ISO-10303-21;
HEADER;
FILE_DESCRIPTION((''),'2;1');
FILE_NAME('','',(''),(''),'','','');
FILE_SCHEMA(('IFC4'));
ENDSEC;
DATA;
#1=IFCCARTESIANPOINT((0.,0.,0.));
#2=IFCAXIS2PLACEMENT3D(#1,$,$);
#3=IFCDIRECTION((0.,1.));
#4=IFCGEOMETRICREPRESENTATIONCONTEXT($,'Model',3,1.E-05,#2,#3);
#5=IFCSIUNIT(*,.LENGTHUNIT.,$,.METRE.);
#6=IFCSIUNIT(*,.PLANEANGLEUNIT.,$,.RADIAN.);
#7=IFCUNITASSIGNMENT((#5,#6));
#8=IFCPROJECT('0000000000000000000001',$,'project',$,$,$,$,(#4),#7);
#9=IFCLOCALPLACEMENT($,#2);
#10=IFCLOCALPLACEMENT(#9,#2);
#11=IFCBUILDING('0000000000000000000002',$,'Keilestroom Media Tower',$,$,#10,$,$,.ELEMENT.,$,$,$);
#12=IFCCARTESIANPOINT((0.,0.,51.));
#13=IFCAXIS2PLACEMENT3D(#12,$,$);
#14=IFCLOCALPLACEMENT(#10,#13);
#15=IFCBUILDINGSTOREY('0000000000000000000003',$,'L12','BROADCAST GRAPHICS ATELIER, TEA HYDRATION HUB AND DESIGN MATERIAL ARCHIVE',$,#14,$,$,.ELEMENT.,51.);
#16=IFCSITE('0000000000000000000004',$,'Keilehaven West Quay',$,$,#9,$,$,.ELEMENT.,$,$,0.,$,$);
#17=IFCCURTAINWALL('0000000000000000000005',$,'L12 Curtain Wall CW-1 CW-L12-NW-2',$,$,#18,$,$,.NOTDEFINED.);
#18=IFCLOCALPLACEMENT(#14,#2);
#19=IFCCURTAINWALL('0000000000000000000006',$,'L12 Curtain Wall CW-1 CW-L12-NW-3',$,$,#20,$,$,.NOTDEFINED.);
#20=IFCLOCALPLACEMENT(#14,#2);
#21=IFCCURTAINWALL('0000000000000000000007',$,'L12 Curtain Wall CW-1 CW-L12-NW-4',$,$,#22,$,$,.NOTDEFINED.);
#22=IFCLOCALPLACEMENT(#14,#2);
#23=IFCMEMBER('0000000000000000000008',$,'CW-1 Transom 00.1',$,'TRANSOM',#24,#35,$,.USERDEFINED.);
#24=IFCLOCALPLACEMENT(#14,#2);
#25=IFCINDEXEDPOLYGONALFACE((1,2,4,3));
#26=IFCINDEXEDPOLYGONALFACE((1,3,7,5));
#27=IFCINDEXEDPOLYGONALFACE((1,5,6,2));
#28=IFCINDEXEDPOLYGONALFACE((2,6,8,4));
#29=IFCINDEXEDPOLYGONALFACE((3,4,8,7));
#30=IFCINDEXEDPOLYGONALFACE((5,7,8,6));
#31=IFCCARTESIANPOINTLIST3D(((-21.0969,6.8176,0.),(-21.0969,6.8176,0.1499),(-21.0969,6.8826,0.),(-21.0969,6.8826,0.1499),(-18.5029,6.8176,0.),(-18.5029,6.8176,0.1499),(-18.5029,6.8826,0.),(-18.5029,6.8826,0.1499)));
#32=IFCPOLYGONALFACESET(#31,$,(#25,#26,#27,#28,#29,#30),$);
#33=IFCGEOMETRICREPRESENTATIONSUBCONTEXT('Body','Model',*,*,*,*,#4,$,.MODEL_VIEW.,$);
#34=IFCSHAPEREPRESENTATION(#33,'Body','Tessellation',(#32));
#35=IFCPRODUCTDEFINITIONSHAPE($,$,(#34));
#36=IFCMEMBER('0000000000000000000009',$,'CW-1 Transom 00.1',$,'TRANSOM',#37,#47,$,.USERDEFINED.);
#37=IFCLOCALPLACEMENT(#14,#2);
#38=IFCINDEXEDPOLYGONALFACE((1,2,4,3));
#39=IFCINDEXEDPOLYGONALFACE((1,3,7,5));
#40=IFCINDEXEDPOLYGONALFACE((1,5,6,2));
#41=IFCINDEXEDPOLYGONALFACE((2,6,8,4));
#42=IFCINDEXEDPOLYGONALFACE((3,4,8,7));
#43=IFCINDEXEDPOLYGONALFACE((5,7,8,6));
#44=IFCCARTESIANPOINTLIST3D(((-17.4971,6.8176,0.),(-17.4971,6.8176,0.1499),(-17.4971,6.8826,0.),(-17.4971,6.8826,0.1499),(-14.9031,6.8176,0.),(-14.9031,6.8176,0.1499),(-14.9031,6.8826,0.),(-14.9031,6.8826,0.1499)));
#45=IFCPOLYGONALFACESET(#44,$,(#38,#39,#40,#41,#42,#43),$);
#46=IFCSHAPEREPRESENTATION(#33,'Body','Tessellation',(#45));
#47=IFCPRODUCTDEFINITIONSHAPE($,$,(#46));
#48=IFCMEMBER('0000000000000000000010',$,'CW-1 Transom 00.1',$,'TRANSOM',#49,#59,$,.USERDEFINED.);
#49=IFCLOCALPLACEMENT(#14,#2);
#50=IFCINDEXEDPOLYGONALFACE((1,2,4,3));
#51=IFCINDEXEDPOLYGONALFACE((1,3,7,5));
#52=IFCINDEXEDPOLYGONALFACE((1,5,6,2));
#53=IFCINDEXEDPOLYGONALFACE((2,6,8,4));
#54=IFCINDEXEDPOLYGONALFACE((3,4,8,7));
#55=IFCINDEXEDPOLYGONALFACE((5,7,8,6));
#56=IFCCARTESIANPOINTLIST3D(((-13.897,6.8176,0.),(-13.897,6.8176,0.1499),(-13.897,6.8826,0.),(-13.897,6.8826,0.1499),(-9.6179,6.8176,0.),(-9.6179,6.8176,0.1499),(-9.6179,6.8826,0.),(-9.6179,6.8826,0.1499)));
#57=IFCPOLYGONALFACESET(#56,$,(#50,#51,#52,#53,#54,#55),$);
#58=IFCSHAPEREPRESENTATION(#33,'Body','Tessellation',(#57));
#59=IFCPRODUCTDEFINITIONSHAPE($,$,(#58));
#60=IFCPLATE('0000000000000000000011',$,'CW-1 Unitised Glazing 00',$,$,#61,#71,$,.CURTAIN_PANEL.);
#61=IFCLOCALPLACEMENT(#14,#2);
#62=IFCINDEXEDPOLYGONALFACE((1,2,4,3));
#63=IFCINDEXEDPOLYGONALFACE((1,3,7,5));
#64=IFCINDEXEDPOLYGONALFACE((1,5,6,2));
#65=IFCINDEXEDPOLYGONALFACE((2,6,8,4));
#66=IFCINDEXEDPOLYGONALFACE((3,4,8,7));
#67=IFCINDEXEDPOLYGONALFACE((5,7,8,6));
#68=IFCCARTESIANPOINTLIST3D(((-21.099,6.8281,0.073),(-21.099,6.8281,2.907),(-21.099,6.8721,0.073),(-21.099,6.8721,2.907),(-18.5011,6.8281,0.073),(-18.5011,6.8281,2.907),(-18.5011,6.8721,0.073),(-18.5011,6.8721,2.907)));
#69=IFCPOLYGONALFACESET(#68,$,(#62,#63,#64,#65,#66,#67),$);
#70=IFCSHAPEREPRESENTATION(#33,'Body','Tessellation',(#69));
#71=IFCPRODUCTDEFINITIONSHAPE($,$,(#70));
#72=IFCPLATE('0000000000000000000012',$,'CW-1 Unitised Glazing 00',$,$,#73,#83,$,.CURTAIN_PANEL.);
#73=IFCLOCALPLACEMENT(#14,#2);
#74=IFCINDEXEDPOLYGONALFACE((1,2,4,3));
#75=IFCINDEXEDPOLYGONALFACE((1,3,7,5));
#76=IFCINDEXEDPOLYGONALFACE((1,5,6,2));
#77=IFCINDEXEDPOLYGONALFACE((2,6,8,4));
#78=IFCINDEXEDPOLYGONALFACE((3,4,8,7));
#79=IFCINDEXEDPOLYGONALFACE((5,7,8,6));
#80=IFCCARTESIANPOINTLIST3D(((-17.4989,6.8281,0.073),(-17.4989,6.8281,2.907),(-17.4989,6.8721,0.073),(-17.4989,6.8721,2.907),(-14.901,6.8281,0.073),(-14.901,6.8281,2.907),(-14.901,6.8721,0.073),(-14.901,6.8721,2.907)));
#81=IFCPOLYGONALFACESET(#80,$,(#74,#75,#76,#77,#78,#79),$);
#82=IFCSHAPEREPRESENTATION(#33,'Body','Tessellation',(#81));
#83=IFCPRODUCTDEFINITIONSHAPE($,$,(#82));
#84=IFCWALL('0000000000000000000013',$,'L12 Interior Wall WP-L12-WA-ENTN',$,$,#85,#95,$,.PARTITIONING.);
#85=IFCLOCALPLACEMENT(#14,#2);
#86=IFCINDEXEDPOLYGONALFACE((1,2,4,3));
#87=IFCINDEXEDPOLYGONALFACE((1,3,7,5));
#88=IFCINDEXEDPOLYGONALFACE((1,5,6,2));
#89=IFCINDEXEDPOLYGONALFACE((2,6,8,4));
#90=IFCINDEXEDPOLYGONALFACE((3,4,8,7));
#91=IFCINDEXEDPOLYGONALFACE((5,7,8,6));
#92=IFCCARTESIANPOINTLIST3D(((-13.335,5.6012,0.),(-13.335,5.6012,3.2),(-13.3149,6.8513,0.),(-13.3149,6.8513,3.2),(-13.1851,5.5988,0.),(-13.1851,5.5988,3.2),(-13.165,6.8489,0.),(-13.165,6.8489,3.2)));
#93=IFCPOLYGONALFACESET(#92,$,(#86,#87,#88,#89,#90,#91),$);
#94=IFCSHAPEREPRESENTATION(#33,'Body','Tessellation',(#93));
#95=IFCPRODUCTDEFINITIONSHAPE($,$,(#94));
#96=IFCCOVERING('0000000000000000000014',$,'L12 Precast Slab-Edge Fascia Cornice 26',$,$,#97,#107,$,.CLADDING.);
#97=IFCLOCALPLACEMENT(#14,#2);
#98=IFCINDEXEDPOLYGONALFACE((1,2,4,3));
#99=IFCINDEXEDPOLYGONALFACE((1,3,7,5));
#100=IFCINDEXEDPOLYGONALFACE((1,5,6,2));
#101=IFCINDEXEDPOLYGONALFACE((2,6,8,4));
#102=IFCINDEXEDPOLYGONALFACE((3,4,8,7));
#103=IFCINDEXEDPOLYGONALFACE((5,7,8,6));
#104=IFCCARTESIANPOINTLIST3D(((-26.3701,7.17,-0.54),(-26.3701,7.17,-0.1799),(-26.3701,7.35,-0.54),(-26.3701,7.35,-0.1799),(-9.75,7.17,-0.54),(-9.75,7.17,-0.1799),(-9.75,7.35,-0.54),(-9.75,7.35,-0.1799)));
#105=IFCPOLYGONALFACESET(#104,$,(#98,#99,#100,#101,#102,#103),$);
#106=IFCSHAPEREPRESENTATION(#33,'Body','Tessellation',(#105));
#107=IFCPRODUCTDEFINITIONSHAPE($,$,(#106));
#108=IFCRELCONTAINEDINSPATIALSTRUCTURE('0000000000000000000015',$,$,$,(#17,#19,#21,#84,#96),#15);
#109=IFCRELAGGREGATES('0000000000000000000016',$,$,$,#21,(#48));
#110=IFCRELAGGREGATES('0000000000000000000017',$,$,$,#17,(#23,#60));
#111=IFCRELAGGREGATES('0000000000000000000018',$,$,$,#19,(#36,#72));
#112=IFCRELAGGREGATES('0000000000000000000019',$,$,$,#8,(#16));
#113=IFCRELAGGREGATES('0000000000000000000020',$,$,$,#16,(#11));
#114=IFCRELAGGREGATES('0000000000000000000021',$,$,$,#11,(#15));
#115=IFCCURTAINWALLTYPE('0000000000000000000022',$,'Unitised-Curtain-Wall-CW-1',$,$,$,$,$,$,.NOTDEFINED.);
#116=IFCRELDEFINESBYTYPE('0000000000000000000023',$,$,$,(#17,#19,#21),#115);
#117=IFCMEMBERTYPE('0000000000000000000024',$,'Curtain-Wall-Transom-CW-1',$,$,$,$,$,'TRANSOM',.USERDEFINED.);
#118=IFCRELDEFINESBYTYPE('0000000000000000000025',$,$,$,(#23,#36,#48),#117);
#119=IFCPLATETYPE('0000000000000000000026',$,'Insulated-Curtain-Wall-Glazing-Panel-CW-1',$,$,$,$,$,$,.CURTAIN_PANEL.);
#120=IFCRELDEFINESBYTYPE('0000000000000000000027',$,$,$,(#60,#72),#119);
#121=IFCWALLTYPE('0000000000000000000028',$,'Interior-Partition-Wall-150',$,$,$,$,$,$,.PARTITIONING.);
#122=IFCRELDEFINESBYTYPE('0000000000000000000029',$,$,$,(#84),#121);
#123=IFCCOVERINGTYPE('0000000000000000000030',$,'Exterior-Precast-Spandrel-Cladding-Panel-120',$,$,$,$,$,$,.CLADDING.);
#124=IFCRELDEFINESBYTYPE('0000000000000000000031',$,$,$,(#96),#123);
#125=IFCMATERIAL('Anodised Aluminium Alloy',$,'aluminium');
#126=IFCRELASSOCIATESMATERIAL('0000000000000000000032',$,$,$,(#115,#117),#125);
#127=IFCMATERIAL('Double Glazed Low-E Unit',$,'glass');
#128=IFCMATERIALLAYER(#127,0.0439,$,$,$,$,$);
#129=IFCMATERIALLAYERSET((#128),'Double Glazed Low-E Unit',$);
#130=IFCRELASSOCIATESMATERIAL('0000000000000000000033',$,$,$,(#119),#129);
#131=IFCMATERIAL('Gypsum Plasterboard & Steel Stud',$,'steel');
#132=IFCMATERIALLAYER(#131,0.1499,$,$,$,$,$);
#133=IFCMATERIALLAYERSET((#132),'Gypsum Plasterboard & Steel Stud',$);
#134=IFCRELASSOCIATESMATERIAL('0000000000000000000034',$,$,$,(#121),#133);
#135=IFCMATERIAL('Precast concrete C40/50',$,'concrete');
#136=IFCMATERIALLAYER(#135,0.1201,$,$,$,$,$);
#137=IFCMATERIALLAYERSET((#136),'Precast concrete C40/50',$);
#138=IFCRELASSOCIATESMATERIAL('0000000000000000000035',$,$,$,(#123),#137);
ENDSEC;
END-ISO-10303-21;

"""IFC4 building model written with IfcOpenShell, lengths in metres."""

from ifc_helpers import new_model, si_unit, direction, frame, frame_2d, origin, origin_2d, place, context, subcontext, project, spatial, rectangle, extrude, source, transform, mapped, material, layer, layer_set, material_profile, profile_set, type_object, element, aggregate, save


model = new_model("IFC4")

# Units and contexts
model_context = context("Model", 3, precision=1e-05, world=origin(), true_north=direction((0.0, 1.0)))
body_context = subcontext(model_context, "Body", "Model", "MODEL_VIEW")
ifc_project = project(units=[si_unit("LENGTHUNIT", "METRE"), si_unit("PLANEANGLEUNIT", "RADIAN")], contexts=[model_context])

# Site, building, storey
site_placement = place(None, origin())
site = spatial("IfcSite", under=ifc_project, at=site_placement, Name="Keilehaven West Quay", CompositionType="ELEMENT", RefElevation=0.0)
building_placement = place(site_placement, origin())
building = spatial("IfcBuilding", under=site, at=building_placement, Name="Keilestroom Media Tower", CompositionType="ELEMENT")
storey_placement = place(building_placement, frame((0.0, 0.0, 51.0)))
storey = spatial("IfcBuildingStorey", under=building, at=storey_placement, Name="L12", Description="BROADCAST GRAPHICS ATELIER, TEA HYDRATION HUB AND DESIGN MATERIAL ARCHIVE", CompositionType="ELEMENT", Elevation=51.0)

# Shared definitions
ifc_material_1 = material(Name="Precast concrete C40/50", Category="concrete")

# Shared definitions
ifc_material_2 = material(Name="Anodised Aluminium Alloy", Category="aluminium")
curtain_wall_type = type_object("IfcCurtainWallType", Name="Unitised-Curtain-Wall-CW-1", PredefinedType="NOTDEFINED", material=ifc_material_2)

# Curtain walls
curtain_wall_1_placement = place(storey_placement, origin())
curtain_wall_1 = element("IfcCurtainWall", 1, at=curtain_wall_1_placement, inside=storey, type_object=curtain_wall_type, Name="L12 Curtain Wall CW-1 CW-L12-NW-2", PredefinedType="NOTDEFINED")
curtain_wall_2_placement = place(storey_placement, origin())
curtain_wall_2 = element("IfcCurtainWall", 2, at=curtain_wall_2_placement, inside=storey, type_object=curtain_wall_type, Name="L12 Curtain Wall CW-1 CW-L12-NW-3", PredefinedType="NOTDEFINED")

# Curtain wall
curtain_wall_3_placement = place(storey_placement, origin())
curtain_wall_3 = element("IfcCurtainWall", 3, at=curtain_wall_3_placement, inside=storey, type_object=curtain_wall_type, Name="L12 Curtain Wall CW-1 CW-L12-NW-4", PredefinedType="NOTDEFINED")

# Members
ifc_material_profile_1 = material_profile(ifc_material_2, rectangle(XDim=0.0649, YDim=0.1499, at=origin_2d()), Name="ALU TRANSOM 65x150")
ifc_profile_set_1 = profile_set([ifc_material_profile_1], Name="Anodised Aluminium Alloy")
member_type_1 = type_object("IfcMemberType", Name="Curtain-Wall-Transom-CW-1", ElementType="TRANSOM", PredefinedType="USERDEFINED", material=ifc_profile_set_1)
shared_shape_1 = source(origin(), body_context, "Body", "SweptSolid", [
    extrude(rectangle(XDim=0.0649, YDim=0.1499, at=origin_2d()), origin(), (0.0, 0.0, 1.0), 2.594),
])
member_1_placement = place(storey_placement, frame((-21.0969, 6.8501, 0.075), z_axis=(1.0, 0.0, 0.0), x_axis=(0.0, 1.0, 0.0)))
member_1 = element("IfcMember", 4, at=member_1_placement, type_object=member_type_1, Name="CW-1 Transom 00.1", ObjectType="TRANSOM", PredefinedType="USERDEFINED", context=body_context, shape_type="MappedRepresentation", body=[
    mapped(shared_shape_1, transform((0.0, 0.0, 0.0), x_axis=(1.0, 0.0, 0.0), y_axis=(0.0, 1.0, 0.0), z_axis=(0.0, 0.0, 1.0), scale=1.0)),
])
member_2_placement = place(storey_placement, frame((-17.4971, 6.8501, 0.075), z_axis=(1.0, 0.0, 0.0), x_axis=(0.0, 1.0, 0.0)))
member_2 = element("IfcMember", 5, at=member_2_placement, type_object=member_type_1, Name="CW-1 Transom 00.1", ObjectType="TRANSOM", PredefinedType="USERDEFINED", context=body_context, shape_type="MappedRepresentation", body=[
    mapped(shared_shape_1, transform((0.0, 0.0, 0.0), x_axis=(1.0, 0.0, 0.0), y_axis=(0.0, 1.0, 0.0), z_axis=(0.0, 0.0, 1.0), scale=1.0)),
])
shared_shape_2 = source(origin(), body_context, "Body", "SweptSolid", [
    extrude(rectangle(XDim=0.0649, YDim=0.1499, at=origin_2d()), origin(), (0.0, 0.0, 1.0), 4.2791),
])
member_3_placement = place(storey_placement, frame((-13.897, 6.8501, 0.075), z_axis=(1.0, 0.0, 0.0), x_axis=(0.0, 1.0, 0.0)))
member_3 = element("IfcMember", 6, at=member_3_placement, type_object=member_type_1, Name="CW-1 Transom 00.1", ObjectType="TRANSOM", PredefinedType="USERDEFINED", context=body_context, shape_type="MappedRepresentation", body=[
    mapped(shared_shape_2, transform((0.0, 0.0, 0.0), x_axis=(1.0, 0.0, 0.0), y_axis=(0.0, 1.0, 0.0), z_axis=(0.0, 0.0, 1.0), scale=1.0)),
])
aggregate(curtain_wall_3, [member_3])

# Plates
ifc_material_3 = material(Name="Double Glazed Low-E Unit", Category="glass")
ifc_layer_1 = layer(ifc_material_3, 0.0439)
ifc_layer_set_1 = layer_set([ifc_layer_1], Name="Double Glazed Low-E Unit")
plate_type = type_object("IfcPlateType", Name="Insulated-Curtain-Wall-Glazing-Panel-CW-1", PredefinedType="CURTAIN_PANEL", material=ifc_layer_set_1)
shared_shape_3 = source(origin(), body_context, "Body", "SweptSolid", [
    extrude(rectangle(XDim=2.5979, YDim=0.0439, at=origin_2d()), origin(), (0.0, 0.0, 1.0), 2.834),
])
plate_1_placement = place(storey_placement, frame((-19.8, 6.8501, 0.073), z_axis=(0.0, 0.0, 1.0), x_axis=(1.0, 0.0, 0.0)))
plate_1 = element("IfcPlate", 7, at=plate_1_placement, type_object=plate_type, Name="CW-1 Unitised Glazing 00", PredefinedType="CURTAIN_PANEL", context=body_context, shape_type="MappedRepresentation", body=[
    mapped(shared_shape_3, transform((0.0, 0.0, 0.0), x_axis=(1.0, 0.0, 0.0), y_axis=(0.0, 1.0, 0.0), z_axis=(0.0, 0.0, 1.0), scale=1.0)),
])
aggregate(curtain_wall_1, [member_1, plate_1])
plate_2_placement = place(storey_placement, frame((-16.2, 6.8501, 0.073), z_axis=(0.0, 0.0, 1.0), x_axis=(1.0, 0.0, 0.0)))
plate_2 = element("IfcPlate", 8, at=plate_2_placement, type_object=plate_type, Name="CW-1 Unitised Glazing 00", PredefinedType="CURTAIN_PANEL", context=body_context, shape_type="MappedRepresentation", body=[
    mapped(shared_shape_3, transform((0.0, 0.0, 0.0), x_axis=(1.0, 0.0, 0.0), y_axis=(0.0, 1.0, 0.0), z_axis=(0.0, 0.0, 1.0), scale=1.0)),
])
aggregate(curtain_wall_2, [member_2, plate_2])

# Wall
ifc_material_4 = material(Name="Gypsum Plasterboard & Steel Stud", Category="steel")
ifc_layer_2 = layer(ifc_material_4, 0.1499)
ifc_layer_set_2 = layer_set([ifc_layer_2], Name="Gypsum Plasterboard & Steel Stud")
wall_type = type_object("IfcWallType", Name="Interior-Partition-Wall-150", PredefinedType="PARTITIONING", material=ifc_layer_set_2)
wall_placement = place(storey_placement, frame((-13.26, 5.6001, 0.0), z_axis=(0.0, 0.0, 1.0), x_axis=(0.016014, 0.999872, 0.0)))
element("IfcWall", 9, at=wall_placement, inside=storey, type_object=wall_type, Name="L12 Interior Wall WP-L12-WA-ENTN", PredefinedType="PARTITIONING", context=body_context, shape_type="SweptSolid", body=[
    extrude(rectangle(XDim=1.2502, YDim=0.1499, at=frame_2d((0.625, 0.0))), origin(), (0.0, 0.0, 1.0), 3.2),
])

# Covering
ifc_layer_3 = layer(ifc_material_1, 0.1201)
ifc_layer_set_3 = layer_set([ifc_layer_3], Name="Precast concrete C40/50")
covering_type = type_object("IfcCoveringType", Name="Exterior-Precast-Spandrel-Cladding-Panel-120", PredefinedType="CLADDING", material=ifc_layer_set_3)
shared_shape_4 = source(origin(), body_context, "Body", "SweptSolid", [
    extrude(rectangle(XDim=16.6201, YDim=0.1799, at=origin_2d()), origin(), (0.0, 0.0, 1.0), 0.3601),
])
covering_placement = place(storey_placement, frame((-18.0601, 7.26, -0.54), z_axis=(0.0, 0.0, 1.0), x_axis=(1.0, 0.0, 0.0)))
element("IfcCovering", 10, at=covering_placement, inside=storey, type_object=covering_type, Name="L12 Precast Slab-Edge Fascia Cornice 26", PredefinedType="CLADDING", context=body_context, shape_type="MappedRepresentation", body=[
    mapped(shared_shape_4, transform((0.0, 0.0, 0.0), x_axis=(1.0, 0.0, 0.0), y_axis=(0.0, 1.0, 0.0), z_axis=(0.0, 0.0, 1.0), scale=1.0)),
])

save(model, "model.ifc")
